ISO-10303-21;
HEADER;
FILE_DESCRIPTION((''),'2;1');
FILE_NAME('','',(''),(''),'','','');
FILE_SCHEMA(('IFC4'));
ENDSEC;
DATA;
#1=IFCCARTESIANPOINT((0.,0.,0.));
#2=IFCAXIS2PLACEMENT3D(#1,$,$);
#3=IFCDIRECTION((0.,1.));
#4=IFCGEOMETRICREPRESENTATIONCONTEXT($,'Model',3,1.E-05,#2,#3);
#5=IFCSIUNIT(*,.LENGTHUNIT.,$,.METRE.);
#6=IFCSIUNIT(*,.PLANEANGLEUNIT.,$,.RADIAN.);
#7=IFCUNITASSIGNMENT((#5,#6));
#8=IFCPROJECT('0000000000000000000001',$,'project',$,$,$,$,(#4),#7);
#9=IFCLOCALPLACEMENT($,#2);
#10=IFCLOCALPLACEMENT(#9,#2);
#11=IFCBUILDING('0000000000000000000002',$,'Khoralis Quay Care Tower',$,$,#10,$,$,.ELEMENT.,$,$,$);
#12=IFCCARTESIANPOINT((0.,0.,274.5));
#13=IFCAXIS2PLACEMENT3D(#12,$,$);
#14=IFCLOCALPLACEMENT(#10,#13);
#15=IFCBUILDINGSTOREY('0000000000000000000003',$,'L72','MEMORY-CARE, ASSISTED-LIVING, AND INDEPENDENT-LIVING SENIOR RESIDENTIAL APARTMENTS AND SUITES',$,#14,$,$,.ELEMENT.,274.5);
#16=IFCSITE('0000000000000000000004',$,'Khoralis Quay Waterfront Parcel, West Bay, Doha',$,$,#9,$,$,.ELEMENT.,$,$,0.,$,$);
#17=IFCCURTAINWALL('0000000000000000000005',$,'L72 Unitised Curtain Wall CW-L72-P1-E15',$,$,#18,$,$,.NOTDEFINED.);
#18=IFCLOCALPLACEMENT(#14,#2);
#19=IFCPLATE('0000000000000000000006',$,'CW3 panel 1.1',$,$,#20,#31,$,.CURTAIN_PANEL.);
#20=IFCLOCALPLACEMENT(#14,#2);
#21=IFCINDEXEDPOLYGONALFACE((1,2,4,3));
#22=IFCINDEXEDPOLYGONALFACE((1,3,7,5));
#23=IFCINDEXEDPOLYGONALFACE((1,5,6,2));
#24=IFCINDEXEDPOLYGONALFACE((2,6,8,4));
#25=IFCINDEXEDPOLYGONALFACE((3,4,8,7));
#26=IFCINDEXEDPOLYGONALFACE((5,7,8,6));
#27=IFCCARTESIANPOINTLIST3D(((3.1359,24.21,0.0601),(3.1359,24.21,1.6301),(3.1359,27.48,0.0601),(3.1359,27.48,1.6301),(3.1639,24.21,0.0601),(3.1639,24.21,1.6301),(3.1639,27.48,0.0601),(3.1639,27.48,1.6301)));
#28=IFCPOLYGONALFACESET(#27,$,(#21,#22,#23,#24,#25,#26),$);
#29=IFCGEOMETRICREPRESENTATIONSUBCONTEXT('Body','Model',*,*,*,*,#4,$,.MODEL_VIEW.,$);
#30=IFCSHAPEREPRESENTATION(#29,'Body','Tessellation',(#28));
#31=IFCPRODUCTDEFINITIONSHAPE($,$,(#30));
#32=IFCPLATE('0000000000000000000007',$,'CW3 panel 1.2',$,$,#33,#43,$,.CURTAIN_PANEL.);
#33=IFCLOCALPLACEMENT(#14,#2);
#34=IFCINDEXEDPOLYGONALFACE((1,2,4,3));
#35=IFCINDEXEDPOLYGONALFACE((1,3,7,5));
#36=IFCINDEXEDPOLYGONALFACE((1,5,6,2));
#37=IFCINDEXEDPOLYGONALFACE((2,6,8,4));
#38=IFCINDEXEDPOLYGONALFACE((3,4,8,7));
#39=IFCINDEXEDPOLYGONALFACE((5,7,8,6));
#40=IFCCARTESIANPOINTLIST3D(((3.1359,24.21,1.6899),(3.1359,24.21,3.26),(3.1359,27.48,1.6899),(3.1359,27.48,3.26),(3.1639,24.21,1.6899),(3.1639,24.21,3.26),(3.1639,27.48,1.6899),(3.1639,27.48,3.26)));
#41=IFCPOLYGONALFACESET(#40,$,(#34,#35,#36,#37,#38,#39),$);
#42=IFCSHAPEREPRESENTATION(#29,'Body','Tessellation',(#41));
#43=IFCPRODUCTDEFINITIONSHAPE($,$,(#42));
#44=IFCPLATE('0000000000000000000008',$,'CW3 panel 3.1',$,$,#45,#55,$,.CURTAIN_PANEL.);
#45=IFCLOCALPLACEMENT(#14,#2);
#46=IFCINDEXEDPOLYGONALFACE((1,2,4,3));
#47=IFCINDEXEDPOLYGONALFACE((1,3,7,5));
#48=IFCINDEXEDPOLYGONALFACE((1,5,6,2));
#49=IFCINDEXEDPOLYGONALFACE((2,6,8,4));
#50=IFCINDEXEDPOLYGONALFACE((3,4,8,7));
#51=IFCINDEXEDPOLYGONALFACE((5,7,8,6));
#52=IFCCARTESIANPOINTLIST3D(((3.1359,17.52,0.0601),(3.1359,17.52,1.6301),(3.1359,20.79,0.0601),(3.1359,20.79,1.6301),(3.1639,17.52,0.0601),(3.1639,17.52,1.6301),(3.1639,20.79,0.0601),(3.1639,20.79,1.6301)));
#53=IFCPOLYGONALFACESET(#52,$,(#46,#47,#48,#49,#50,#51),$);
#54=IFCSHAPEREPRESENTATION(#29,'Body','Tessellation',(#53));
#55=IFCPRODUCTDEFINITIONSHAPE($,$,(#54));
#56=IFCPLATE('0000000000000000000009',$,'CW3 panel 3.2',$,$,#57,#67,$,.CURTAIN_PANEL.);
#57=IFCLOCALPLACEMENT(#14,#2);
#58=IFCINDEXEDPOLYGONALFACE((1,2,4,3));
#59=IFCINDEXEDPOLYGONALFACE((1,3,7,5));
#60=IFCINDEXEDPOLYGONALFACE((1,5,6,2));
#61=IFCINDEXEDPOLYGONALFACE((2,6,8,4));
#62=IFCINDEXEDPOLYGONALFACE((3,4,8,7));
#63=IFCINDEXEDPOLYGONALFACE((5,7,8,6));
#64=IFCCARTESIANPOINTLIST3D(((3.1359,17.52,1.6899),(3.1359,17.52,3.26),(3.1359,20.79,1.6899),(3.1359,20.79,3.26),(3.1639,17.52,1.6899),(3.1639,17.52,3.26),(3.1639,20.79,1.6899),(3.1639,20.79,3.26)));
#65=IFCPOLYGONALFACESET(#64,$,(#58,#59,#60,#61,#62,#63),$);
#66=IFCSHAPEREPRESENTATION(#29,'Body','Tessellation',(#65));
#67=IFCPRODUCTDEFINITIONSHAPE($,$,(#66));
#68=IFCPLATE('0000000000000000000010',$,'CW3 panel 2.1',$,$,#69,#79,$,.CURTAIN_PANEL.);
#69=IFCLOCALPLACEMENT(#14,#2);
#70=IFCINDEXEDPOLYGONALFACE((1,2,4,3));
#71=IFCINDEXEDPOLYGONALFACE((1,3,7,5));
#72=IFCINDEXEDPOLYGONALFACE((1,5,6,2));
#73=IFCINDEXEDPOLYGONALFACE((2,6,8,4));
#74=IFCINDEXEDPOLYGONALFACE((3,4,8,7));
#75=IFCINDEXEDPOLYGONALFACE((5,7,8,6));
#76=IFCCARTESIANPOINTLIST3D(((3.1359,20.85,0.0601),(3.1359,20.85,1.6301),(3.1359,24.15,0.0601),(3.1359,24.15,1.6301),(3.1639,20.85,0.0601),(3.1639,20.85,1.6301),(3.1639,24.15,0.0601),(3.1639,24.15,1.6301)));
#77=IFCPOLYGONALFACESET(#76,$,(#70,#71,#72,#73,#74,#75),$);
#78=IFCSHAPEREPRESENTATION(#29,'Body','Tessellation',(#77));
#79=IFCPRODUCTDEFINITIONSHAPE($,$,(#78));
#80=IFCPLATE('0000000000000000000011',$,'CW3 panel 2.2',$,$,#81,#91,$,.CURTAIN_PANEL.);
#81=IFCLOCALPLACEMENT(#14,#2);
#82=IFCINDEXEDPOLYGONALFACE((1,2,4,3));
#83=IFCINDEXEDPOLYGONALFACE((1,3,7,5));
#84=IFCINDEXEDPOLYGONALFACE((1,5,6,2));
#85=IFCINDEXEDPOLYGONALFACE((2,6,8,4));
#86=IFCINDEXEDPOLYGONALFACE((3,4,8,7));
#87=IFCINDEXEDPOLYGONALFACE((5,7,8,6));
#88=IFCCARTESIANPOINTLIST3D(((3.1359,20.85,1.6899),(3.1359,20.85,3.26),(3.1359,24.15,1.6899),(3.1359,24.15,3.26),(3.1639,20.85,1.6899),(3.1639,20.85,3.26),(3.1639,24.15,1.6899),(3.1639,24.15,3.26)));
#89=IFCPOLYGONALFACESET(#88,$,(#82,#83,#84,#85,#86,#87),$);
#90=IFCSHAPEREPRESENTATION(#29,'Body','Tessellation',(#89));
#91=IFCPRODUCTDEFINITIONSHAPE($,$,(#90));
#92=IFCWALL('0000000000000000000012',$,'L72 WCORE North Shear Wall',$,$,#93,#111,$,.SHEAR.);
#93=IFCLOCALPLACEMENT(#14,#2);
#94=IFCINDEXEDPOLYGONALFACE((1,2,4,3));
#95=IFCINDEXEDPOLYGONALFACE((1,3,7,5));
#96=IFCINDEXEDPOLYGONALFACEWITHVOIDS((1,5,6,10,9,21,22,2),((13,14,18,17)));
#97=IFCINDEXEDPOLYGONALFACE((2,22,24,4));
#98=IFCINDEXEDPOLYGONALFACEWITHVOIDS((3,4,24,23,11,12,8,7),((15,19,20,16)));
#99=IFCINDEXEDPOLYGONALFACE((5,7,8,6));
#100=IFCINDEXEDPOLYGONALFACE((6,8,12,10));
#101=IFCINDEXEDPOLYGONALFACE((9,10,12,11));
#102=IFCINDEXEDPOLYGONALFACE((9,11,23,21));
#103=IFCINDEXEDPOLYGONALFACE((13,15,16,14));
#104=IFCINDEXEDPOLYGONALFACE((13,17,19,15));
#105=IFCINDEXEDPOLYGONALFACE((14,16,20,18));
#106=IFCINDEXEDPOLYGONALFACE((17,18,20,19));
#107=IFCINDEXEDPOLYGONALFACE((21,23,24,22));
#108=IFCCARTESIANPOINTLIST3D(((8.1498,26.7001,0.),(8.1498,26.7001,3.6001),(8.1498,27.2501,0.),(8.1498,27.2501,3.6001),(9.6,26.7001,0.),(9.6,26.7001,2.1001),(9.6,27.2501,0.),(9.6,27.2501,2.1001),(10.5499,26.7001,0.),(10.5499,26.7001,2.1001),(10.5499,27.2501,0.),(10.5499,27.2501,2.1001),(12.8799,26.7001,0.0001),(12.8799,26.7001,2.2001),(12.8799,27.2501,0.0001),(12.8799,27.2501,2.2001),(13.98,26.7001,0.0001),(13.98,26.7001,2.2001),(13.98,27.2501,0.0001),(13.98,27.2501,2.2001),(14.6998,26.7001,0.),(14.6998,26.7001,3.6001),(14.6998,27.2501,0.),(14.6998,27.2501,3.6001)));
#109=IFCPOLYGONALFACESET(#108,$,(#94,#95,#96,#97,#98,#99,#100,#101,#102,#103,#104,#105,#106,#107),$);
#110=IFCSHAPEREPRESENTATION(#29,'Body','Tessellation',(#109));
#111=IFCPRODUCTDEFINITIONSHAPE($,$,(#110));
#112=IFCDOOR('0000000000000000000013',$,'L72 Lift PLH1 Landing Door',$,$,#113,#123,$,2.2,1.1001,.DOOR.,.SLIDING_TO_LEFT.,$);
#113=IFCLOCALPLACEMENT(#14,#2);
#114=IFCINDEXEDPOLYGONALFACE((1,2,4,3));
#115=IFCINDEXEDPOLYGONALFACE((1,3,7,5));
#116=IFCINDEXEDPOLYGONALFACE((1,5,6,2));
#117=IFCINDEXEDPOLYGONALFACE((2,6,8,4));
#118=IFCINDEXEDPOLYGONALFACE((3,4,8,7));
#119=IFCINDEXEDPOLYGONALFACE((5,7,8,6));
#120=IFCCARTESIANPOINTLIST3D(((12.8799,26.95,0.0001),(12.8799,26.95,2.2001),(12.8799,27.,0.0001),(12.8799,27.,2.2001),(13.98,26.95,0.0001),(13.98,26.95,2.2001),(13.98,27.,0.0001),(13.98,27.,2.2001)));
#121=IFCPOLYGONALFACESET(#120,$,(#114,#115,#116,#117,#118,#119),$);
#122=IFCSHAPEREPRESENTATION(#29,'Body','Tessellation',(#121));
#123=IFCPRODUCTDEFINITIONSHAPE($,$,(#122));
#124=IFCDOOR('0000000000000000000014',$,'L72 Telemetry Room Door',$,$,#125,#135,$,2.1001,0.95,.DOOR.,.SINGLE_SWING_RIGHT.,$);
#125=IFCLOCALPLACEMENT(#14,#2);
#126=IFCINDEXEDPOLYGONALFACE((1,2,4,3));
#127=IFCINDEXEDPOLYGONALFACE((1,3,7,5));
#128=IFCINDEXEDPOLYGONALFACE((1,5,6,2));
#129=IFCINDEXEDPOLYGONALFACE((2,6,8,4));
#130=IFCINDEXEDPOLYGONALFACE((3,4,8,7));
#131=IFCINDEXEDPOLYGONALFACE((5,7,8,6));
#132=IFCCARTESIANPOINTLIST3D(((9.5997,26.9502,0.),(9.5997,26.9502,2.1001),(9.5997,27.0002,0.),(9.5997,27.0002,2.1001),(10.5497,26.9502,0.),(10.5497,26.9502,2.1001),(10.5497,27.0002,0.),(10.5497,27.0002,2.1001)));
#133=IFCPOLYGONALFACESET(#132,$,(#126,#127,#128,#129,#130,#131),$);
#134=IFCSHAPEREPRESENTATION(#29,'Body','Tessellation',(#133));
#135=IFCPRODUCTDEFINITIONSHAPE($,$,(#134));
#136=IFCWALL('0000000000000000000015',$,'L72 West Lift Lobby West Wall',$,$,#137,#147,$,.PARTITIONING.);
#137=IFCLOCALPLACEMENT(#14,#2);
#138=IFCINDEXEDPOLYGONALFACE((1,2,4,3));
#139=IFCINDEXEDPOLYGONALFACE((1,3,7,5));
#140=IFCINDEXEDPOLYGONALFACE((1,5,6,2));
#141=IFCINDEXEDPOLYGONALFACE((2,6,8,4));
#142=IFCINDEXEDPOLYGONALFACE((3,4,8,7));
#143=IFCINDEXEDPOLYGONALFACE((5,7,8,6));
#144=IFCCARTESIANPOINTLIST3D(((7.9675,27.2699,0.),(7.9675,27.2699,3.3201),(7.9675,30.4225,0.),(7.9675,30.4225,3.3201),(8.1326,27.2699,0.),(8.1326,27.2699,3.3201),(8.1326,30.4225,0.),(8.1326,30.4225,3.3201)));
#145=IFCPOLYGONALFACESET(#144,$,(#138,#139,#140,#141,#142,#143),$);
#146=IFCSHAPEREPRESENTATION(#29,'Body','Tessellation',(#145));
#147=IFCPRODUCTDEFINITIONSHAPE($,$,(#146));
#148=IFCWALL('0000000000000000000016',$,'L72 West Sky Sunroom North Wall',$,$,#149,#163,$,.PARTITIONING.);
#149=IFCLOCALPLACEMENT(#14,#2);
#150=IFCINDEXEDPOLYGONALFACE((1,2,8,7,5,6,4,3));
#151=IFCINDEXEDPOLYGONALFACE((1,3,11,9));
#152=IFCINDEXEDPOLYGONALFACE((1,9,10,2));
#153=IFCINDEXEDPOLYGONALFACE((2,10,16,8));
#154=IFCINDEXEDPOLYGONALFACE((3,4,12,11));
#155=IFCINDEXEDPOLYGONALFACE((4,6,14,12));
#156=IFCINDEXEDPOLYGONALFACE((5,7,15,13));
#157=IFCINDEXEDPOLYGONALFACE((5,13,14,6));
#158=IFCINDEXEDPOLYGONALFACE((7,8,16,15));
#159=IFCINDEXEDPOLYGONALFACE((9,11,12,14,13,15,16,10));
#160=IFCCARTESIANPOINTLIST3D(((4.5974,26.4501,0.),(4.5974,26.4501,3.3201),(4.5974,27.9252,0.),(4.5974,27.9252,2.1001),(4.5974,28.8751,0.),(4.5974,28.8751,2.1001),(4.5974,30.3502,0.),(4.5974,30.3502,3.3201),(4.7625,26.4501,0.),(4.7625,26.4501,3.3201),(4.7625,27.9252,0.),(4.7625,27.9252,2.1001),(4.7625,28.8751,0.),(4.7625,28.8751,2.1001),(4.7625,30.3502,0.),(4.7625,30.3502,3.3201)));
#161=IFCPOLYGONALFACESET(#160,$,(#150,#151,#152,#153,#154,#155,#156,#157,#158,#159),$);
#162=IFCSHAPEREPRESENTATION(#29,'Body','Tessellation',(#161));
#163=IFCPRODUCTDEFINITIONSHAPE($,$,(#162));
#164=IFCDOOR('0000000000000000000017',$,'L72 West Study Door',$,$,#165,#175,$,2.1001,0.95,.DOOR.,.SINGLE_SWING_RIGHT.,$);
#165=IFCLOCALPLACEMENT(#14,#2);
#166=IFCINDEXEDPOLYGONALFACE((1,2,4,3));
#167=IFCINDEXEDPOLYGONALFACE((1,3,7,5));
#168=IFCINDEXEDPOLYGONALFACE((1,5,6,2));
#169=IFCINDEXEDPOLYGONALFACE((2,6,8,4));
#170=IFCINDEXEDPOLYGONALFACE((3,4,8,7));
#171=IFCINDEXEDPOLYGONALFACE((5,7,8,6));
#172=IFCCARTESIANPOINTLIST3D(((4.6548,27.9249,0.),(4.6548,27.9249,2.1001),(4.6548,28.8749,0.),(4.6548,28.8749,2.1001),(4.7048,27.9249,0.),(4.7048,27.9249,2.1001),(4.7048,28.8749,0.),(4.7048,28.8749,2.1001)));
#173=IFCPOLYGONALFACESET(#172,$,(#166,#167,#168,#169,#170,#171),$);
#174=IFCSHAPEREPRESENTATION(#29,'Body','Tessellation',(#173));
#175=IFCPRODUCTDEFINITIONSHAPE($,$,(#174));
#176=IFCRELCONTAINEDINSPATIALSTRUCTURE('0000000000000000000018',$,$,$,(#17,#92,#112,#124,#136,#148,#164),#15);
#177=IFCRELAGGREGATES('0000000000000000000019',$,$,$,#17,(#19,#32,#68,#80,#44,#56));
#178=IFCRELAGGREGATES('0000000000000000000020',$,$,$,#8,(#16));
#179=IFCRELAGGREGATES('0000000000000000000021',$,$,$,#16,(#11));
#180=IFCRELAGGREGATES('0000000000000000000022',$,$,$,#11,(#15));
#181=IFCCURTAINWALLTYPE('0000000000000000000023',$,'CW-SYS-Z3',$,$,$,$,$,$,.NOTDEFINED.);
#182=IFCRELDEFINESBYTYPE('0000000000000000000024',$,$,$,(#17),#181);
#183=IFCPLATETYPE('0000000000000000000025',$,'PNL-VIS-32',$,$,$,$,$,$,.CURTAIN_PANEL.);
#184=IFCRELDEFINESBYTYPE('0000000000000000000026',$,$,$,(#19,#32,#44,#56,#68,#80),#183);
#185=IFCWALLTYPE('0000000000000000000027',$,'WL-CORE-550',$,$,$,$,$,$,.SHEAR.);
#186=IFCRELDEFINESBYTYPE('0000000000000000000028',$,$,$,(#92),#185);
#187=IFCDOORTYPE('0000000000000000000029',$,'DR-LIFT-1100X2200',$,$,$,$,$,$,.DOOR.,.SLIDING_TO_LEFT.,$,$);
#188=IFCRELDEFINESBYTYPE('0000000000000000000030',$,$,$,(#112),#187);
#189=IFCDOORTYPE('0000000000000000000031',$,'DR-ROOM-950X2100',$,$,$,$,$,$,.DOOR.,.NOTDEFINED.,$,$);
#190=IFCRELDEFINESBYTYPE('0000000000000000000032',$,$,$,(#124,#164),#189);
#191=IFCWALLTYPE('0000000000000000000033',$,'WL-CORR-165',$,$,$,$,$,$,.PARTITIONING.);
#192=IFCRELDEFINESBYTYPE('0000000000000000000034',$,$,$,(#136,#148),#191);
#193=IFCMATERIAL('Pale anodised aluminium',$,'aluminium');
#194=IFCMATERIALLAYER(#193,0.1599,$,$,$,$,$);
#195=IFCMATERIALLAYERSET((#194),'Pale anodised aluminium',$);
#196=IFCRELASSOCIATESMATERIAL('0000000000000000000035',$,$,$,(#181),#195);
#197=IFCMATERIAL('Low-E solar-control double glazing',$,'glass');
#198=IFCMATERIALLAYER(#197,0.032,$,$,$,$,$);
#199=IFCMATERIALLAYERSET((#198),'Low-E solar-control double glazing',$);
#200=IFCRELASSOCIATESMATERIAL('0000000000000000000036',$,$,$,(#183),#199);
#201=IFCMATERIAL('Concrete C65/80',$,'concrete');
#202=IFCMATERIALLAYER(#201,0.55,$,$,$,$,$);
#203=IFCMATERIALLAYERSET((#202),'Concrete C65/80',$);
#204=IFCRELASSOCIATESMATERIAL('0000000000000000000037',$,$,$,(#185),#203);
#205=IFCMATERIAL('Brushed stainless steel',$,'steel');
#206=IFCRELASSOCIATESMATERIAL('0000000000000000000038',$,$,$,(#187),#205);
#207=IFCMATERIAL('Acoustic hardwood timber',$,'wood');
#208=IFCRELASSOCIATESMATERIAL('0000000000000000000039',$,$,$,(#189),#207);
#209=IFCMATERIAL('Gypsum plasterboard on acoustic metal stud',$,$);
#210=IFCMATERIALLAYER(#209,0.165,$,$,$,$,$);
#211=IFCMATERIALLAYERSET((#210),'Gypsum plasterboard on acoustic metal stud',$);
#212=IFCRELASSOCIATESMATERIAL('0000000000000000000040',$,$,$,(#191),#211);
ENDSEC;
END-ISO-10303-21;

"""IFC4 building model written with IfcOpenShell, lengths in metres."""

from ifc_helpers import new_model, si_unit, direction, frame, frame_2d, origin, origin_2d, place, context, subcontext, project, spatial, rectangle, extrude, source, transform, mapped, material, layer, layer_set, type_object, element, fill, aggregate, save


model = new_model("IFC4")

# Units and contexts
model_context = context("Model", 3, precision=1e-05, world=origin(), true_north=direction((0.0, 1.0)))
body_context = subcontext(model_context, "Body", "Model", "MODEL_VIEW")
ifc_project = project(units=[si_unit("LENGTHUNIT", "METRE"), si_unit("PLANEANGLEUNIT", "RADIAN")], contexts=[model_context])

# Site, building, storey
site_placement = place(None, origin())
site = spatial("IfcSite", under=ifc_project, at=site_placement, Name="Khoralis Quay Waterfront Parcel, West Bay, Doha", CompositionType="ELEMENT", RefElevation=0.0)
building_placement = place(site_placement, origin())
building = spatial("IfcBuilding", under=site, at=building_placement, Name="Khoralis Quay Care Tower", CompositionType="ELEMENT")
storey_placement = place(building_placement, frame((0.0, 0.0, 274.5)))
storey = spatial("IfcBuildingStorey", under=building, at=storey_placement, Name="L72", Description="MEMORY-CARE, ASSISTED-LIVING, AND INDEPENDENT-LIVING SENIOR RESIDENTIAL APARTMENTS AND SUITES", CompositionType="ELEMENT", Elevation=274.5)

# Curtain wall, plates
ifc_material_1 = material(Name="Pale anodised aluminium", Category="aluminium")
ifc_layer_1 = layer(ifc_material_1, 0.1599)
ifc_layer_set_1 = layer_set([ifc_layer_1], Name="Pale anodised aluminium")
curtain_wall_type = type_object("IfcCurtainWallType", Name="CW-SYS-Z3", PredefinedType="NOTDEFINED", material=ifc_layer_set_1)
curtain_wall_placement = place(storey_placement, origin())
curtain_wall = element("IfcCurtainWall", 1, at=curtain_wall_placement, inside=storey, type_object=curtain_wall_type, Name="L72 Unitised Curtain Wall CW-L72-P1-E15", PredefinedType="NOTDEFINED")
ifc_material_2 = material(Name="Low-E solar-control double glazing", Category="glass")
ifc_layer_2 = layer(ifc_material_2, 0.032)
ifc_layer_set_2 = layer_set([ifc_layer_2], Name="Low-E solar-control double glazing")
plate_type = type_object("IfcPlateType", Name="PNL-VIS-32", PredefinedType="CURTAIN_PANEL", material=ifc_layer_set_2)
shared_shape_1 = source(origin(), body_context, "Body", "SweptSolid", [
    extrude(rectangle(XDim=3.27, YDim=0.0281, at=origin_2d()), origin(), (0.0, 0.0, 1.0), 1.5701),
])
plate_1_placement = place(storey_placement, frame((3.1499, 25.845, 0.0601), z_axis=(0.0, 0.0, 1.0), x_axis=(0.0, -1.0, 0.0)))
plate_1 = element("IfcPlate", 2, at=plate_1_placement, type_object=plate_type, Name="CW3 panel 1.1", PredefinedType="CURTAIN_PANEL", context=body_context, shape_type="MappedRepresentation", body=[
    mapped(shared_shape_1, transform((0.0, 0.0, 0.0), scale=1.0)),
])
plate_2_placement = place(storey_placement, frame((3.1499, 25.845, 1.6899), z_axis=(0.0, 0.0, 1.0), x_axis=(0.0, -1.0, 0.0)))
plate_2 = element("IfcPlate", 3, at=plate_2_placement, type_object=plate_type, Name="CW3 panel 1.2", PredefinedType="CURTAIN_PANEL", context=body_context, shape_type="MappedRepresentation", body=[
    mapped(shared_shape_1, transform((0.0, 0.0, 0.0), scale=1.0)),
])
plate_3_placement = place(storey_placement, frame((3.1499, 19.155, 0.0601), z_axis=(0.0, 0.0, 1.0), x_axis=(0.0, -1.0, 0.0)))
plate_3 = element("IfcPlate", 4, at=plate_3_placement, type_object=plate_type, Name="CW3 panel 3.1", PredefinedType="CURTAIN_PANEL", context=body_context, shape_type="MappedRepresentation", body=[
    mapped(shared_shape_1, transform((0.0, 0.0, 0.0), scale=1.0)),
])
plate_4_placement = place(storey_placement, frame((3.1499, 19.155, 1.6899), z_axis=(0.0, 0.0, 1.0), x_axis=(0.0, -1.0, 0.0)))
plate_4 = element("IfcPlate", 5, at=plate_4_placement, type_object=plate_type, Name="CW3 panel 3.2", PredefinedType="CURTAIN_PANEL", context=body_context, shape_type="MappedRepresentation", body=[
    mapped(shared_shape_1, transform((0.0, 0.0, 0.0), scale=1.0)),
])
shared_shape_2 = source(origin(), body_context, "Body", "SweptSolid", [
    extrude(rectangle(XDim=3.3, YDim=0.0281, at=origin_2d()), origin(), (0.0, 0.0, 1.0), 1.5701),
])
plate_5_placement = place(storey_placement, frame((3.1499, 22.5, 0.0601), z_axis=(0.0, 0.0, 1.0), x_axis=(0.0, -1.0, 0.0)))
plate_5 = element("IfcPlate", 6, at=plate_5_placement, type_object=plate_type, Name="CW3 panel 2.1", PredefinedType="CURTAIN_PANEL", context=body_context, shape_type="MappedRepresentation", body=[
    mapped(shared_shape_2, transform((0.0, 0.0, 0.0), scale=1.0)),
])
plate_6_placement = place(storey_placement, frame((3.1499, 22.5, 1.6899), z_axis=(0.0, 0.0, 1.0), x_axis=(0.0, -1.0, 0.0)))
plate_6 = element("IfcPlate", 7, at=plate_6_placement, type_object=plate_type, Name="CW3 panel 2.2", PredefinedType="CURTAIN_PANEL", context=body_context, shape_type="MappedRepresentation", body=[
    mapped(shared_shape_2, transform((0.0, 0.0, 0.0), scale=1.0)),
])
aggregate(curtain_wall, [plate_1, plate_2, plate_5, plate_6, plate_3, plate_4])

# Wall, openings, doors
ifc_material_3 = material(Name="Concrete C65/80", Category="concrete")
ifc_layer_3 = layer(ifc_material_3, 0.55)
ifc_layer_set_3 = layer_set([ifc_layer_3], Name="Concrete C65/80")
wall_type_1 = type_object("IfcWallType", Name="WL-CORE-550", PredefinedType="SHEAR", material=ifc_layer_set_3)
wall_1_placement = place(storey_placement, frame((8.1499, 26.9751, 0.0), z_axis=(0.0, 0.0, 1.0), x_axis=(1.0, 0.0, 0.0)))
wall_1 = element("IfcWall", 8, at=wall_1_placement, inside=storey, type_object=wall_type_1, Name="L72 WCORE North Shear Wall", PredefinedType="SHEAR", context=body_context, shape_type="SweptSolid", body=[
    extrude(rectangle(XDim=6.55, YDim=0.55, at=frame_2d((3.2749, 0.0))), origin(), (0.0, 0.0, 1.0), 3.6001),
])
opening_1_placement = place(wall_1_placement, frame((1.45, 0.0, 0.0)))
opening_1 = element("IfcOpeningElement", 9, at=opening_1_placement, cuts=wall_1, PredefinedType="OPENING", context=body_context, shape_type="SweptSolid", body=[
    extrude(rectangle(XDim=0.95, YDim=2.1001, at=frame_2d((0.4751, 1.05))), frame((0.0, 0.2852, 0.0), z_axis=(0.0, -1.0, 0.0), x_axis=(1.0, 0.0, 0.0)), (0.0, 0.0, 1.0), 0.5701),
])
opening_2_placement = place(wall_1_placement, frame((4.73, 0.0, 0.0)))
opening_2 = element("IfcOpeningElement", 10, at=opening_2_placement, cuts=wall_1, PredefinedType="OPENING", context=body_context, shape_type="SweptSolid", body=[
    extrude(rectangle(XDim=1.1001, YDim=2.2, at=frame_2d((0.55, 1.1001))), frame((0.0, 0.2852, 0.0), z_axis=(0.0, -1.0, 0.0), x_axis=(1.0, 0.0, 0.0)), (0.0, 0.0, 1.0), 0.5701),
])
ifc_material_4 = material(Name="Brushed stainless steel", Category="steel")
door_type_1 = type_object("IfcDoorType", Name="DR-LIFT-1100X2200", OperationType="SLIDING_TO_LEFT", PredefinedType="DOOR", material=ifc_material_4)
shared_shape_3 = source(origin(), body_context, "Body", "SweptSolid", [
    extrude(rectangle(XDim=1.1001, YDim=2.2, at=frame_2d((0.55, 1.1001))), frame((0.0, 0.0249, 0.0), z_axis=(0.0, -1.0, 0.0), x_axis=(1.0, 0.0, 0.0)), (0.0, 0.0, 1.0), 0.05),
])
door_1_placement = place(opening_2_placement, origin())
door_1 = element("IfcDoor", 11, at=door_1_placement, inside=storey, type_object=door_type_1, Name="L72 Lift PLH1 Landing Door", OperationType="SLIDING_TO_LEFT", OverallHeight=2.2, OverallWidth=1.1001, PredefinedType="DOOR", context=body_context, shape_type="MappedRepresentation", body=[
    mapped(shared_shape_3, transform((0.0, 0.0, 0.0), scale=1.0)),
])
fill(opening_2, door_1)
ifc_material_5 = material(Name="Acoustic hardwood timber", Category="wood")
door_type_2 = type_object("IfcDoorType", Name="DR-ROOM-950X2100", OperationType="NOTDEFINED", PredefinedType="DOOR", material=ifc_material_5)
shared_shape_4 = source(origin(), body_context, "Body", "SweptSolid", [
    extrude(rectangle(XDim=0.95, YDim=2.1001, at=frame_2d((0.4751, 1.05))), frame((0.0, 0.0249, 0.0), z_axis=(0.0, -1.0, 0.0), x_axis=(1.0, 0.0, 0.0)), (0.0, 0.0, 1.0), 0.05),
])
door_2_placement = place(opening_1_placement, frame((0.95, 0.0, 0.0), z_axis=(0.0, 0.0, 1.0), x_axis=(-1.0, 0.0, 0.0)))
door_2 = element("IfcDoor", 12, at=door_2_placement, inside=storey, type_object=door_type_2, Name="L72 Telemetry Room Door", OperationType="SINGLE_SWING_RIGHT", OverallHeight=2.1001, OverallWidth=0.95, PredefinedType="DOOR", context=body_context, shape_type="MappedRepresentation", body=[
    mapped(shared_shape_4, transform((0.0, 0.0, 0.0), scale=1.0)),
])
fill(opening_1, door_2)

# Wall
ifc_material_6 = material(Name="Gypsum plasterboard on acoustic metal stud")
ifc_layer_4 = layer(ifc_material_6, 0.165)
ifc_layer_set_4 = layer_set([ifc_layer_4], Name="Gypsum plasterboard on acoustic metal stud")
wall_type_2 = type_object("IfcWallType", Name="WL-CORR-165", PredefinedType="PARTITIONING", material=ifc_layer_set_4)
wall_2_placement = place(storey_placement, frame((8.05, 27.27, 0.0), z_axis=(0.0, 0.0, 1.0), x_axis=(0.0, 1.0, 0.0)))
element("IfcWall", 13, at=wall_2_placement, inside=storey, type_object=wall_type_2, Name="L72 West Lift Lobby West Wall", PredefinedType="PARTITIONING", context=body_context, shape_type="SweptSolid", body=[
    extrude(rectangle(XDim=3.1526, YDim=0.165, at=frame_2d((1.5762, 0.0))), origin(), (0.0, 0.0, 1.0), 3.3201),
])

# Wall, opening, door
wall_3_placement = place(storey_placement, frame((4.6799, 26.45, 0.0), z_axis=(0.0, 0.0, 1.0), x_axis=(0.0, 1.0, 0.0)))
wall_3 = element("IfcWall", 14, at=wall_3_placement, inside=storey, type_object=wall_type_2, Name="L72 West Sky Sunroom North Wall", PredefinedType="PARTITIONING", context=body_context, shape_type="SweptSolid", body=[
    extrude(rectangle(XDim=3.9001, YDim=0.165, at=frame_2d((1.9502, 0.0))), origin(), (0.0, 0.0, 1.0), 3.3201),
])
opening_3_placement = place(wall_3_placement, frame((1.4751, 0.0, 0.0)))
opening_3 = element("IfcOpeningElement", 15, at=opening_3_placement, cuts=wall_3, PredefinedType="OPENING", context=body_context, shape_type="SweptSolid", body=[
    extrude(rectangle(XDim=0.95, YDim=2.1001, at=frame_2d((0.4751, 1.05))), frame((0.0, 0.0925, 0.0), z_axis=(0.0, -1.0, 0.0), x_axis=(1.0, 0.0, 0.0)), (0.0, 0.0, 1.0), 0.1851),
])
door_3_placement = place(opening_3_placement, frame((0.95, 0.0, 0.0), z_axis=(0.0, 0.0, 1.0), x_axis=(-1.0, 0.0, 0.0)))
door_3 = element("IfcDoor", 16, at=door_3_placement, inside=storey, type_object=door_type_2, Name="L72 West Study Door", OperationType="SINGLE_SWING_RIGHT", OverallHeight=2.1001, OverallWidth=0.95, PredefinedType="DOOR", context=body_context, shape_type="MappedRepresentation", body=[
    mapped(shared_shape_4, transform((0.0, 0.0, 0.0), scale=1.0)),
])
fill(opening_3, door_3)

save(model, "model.ifc")
